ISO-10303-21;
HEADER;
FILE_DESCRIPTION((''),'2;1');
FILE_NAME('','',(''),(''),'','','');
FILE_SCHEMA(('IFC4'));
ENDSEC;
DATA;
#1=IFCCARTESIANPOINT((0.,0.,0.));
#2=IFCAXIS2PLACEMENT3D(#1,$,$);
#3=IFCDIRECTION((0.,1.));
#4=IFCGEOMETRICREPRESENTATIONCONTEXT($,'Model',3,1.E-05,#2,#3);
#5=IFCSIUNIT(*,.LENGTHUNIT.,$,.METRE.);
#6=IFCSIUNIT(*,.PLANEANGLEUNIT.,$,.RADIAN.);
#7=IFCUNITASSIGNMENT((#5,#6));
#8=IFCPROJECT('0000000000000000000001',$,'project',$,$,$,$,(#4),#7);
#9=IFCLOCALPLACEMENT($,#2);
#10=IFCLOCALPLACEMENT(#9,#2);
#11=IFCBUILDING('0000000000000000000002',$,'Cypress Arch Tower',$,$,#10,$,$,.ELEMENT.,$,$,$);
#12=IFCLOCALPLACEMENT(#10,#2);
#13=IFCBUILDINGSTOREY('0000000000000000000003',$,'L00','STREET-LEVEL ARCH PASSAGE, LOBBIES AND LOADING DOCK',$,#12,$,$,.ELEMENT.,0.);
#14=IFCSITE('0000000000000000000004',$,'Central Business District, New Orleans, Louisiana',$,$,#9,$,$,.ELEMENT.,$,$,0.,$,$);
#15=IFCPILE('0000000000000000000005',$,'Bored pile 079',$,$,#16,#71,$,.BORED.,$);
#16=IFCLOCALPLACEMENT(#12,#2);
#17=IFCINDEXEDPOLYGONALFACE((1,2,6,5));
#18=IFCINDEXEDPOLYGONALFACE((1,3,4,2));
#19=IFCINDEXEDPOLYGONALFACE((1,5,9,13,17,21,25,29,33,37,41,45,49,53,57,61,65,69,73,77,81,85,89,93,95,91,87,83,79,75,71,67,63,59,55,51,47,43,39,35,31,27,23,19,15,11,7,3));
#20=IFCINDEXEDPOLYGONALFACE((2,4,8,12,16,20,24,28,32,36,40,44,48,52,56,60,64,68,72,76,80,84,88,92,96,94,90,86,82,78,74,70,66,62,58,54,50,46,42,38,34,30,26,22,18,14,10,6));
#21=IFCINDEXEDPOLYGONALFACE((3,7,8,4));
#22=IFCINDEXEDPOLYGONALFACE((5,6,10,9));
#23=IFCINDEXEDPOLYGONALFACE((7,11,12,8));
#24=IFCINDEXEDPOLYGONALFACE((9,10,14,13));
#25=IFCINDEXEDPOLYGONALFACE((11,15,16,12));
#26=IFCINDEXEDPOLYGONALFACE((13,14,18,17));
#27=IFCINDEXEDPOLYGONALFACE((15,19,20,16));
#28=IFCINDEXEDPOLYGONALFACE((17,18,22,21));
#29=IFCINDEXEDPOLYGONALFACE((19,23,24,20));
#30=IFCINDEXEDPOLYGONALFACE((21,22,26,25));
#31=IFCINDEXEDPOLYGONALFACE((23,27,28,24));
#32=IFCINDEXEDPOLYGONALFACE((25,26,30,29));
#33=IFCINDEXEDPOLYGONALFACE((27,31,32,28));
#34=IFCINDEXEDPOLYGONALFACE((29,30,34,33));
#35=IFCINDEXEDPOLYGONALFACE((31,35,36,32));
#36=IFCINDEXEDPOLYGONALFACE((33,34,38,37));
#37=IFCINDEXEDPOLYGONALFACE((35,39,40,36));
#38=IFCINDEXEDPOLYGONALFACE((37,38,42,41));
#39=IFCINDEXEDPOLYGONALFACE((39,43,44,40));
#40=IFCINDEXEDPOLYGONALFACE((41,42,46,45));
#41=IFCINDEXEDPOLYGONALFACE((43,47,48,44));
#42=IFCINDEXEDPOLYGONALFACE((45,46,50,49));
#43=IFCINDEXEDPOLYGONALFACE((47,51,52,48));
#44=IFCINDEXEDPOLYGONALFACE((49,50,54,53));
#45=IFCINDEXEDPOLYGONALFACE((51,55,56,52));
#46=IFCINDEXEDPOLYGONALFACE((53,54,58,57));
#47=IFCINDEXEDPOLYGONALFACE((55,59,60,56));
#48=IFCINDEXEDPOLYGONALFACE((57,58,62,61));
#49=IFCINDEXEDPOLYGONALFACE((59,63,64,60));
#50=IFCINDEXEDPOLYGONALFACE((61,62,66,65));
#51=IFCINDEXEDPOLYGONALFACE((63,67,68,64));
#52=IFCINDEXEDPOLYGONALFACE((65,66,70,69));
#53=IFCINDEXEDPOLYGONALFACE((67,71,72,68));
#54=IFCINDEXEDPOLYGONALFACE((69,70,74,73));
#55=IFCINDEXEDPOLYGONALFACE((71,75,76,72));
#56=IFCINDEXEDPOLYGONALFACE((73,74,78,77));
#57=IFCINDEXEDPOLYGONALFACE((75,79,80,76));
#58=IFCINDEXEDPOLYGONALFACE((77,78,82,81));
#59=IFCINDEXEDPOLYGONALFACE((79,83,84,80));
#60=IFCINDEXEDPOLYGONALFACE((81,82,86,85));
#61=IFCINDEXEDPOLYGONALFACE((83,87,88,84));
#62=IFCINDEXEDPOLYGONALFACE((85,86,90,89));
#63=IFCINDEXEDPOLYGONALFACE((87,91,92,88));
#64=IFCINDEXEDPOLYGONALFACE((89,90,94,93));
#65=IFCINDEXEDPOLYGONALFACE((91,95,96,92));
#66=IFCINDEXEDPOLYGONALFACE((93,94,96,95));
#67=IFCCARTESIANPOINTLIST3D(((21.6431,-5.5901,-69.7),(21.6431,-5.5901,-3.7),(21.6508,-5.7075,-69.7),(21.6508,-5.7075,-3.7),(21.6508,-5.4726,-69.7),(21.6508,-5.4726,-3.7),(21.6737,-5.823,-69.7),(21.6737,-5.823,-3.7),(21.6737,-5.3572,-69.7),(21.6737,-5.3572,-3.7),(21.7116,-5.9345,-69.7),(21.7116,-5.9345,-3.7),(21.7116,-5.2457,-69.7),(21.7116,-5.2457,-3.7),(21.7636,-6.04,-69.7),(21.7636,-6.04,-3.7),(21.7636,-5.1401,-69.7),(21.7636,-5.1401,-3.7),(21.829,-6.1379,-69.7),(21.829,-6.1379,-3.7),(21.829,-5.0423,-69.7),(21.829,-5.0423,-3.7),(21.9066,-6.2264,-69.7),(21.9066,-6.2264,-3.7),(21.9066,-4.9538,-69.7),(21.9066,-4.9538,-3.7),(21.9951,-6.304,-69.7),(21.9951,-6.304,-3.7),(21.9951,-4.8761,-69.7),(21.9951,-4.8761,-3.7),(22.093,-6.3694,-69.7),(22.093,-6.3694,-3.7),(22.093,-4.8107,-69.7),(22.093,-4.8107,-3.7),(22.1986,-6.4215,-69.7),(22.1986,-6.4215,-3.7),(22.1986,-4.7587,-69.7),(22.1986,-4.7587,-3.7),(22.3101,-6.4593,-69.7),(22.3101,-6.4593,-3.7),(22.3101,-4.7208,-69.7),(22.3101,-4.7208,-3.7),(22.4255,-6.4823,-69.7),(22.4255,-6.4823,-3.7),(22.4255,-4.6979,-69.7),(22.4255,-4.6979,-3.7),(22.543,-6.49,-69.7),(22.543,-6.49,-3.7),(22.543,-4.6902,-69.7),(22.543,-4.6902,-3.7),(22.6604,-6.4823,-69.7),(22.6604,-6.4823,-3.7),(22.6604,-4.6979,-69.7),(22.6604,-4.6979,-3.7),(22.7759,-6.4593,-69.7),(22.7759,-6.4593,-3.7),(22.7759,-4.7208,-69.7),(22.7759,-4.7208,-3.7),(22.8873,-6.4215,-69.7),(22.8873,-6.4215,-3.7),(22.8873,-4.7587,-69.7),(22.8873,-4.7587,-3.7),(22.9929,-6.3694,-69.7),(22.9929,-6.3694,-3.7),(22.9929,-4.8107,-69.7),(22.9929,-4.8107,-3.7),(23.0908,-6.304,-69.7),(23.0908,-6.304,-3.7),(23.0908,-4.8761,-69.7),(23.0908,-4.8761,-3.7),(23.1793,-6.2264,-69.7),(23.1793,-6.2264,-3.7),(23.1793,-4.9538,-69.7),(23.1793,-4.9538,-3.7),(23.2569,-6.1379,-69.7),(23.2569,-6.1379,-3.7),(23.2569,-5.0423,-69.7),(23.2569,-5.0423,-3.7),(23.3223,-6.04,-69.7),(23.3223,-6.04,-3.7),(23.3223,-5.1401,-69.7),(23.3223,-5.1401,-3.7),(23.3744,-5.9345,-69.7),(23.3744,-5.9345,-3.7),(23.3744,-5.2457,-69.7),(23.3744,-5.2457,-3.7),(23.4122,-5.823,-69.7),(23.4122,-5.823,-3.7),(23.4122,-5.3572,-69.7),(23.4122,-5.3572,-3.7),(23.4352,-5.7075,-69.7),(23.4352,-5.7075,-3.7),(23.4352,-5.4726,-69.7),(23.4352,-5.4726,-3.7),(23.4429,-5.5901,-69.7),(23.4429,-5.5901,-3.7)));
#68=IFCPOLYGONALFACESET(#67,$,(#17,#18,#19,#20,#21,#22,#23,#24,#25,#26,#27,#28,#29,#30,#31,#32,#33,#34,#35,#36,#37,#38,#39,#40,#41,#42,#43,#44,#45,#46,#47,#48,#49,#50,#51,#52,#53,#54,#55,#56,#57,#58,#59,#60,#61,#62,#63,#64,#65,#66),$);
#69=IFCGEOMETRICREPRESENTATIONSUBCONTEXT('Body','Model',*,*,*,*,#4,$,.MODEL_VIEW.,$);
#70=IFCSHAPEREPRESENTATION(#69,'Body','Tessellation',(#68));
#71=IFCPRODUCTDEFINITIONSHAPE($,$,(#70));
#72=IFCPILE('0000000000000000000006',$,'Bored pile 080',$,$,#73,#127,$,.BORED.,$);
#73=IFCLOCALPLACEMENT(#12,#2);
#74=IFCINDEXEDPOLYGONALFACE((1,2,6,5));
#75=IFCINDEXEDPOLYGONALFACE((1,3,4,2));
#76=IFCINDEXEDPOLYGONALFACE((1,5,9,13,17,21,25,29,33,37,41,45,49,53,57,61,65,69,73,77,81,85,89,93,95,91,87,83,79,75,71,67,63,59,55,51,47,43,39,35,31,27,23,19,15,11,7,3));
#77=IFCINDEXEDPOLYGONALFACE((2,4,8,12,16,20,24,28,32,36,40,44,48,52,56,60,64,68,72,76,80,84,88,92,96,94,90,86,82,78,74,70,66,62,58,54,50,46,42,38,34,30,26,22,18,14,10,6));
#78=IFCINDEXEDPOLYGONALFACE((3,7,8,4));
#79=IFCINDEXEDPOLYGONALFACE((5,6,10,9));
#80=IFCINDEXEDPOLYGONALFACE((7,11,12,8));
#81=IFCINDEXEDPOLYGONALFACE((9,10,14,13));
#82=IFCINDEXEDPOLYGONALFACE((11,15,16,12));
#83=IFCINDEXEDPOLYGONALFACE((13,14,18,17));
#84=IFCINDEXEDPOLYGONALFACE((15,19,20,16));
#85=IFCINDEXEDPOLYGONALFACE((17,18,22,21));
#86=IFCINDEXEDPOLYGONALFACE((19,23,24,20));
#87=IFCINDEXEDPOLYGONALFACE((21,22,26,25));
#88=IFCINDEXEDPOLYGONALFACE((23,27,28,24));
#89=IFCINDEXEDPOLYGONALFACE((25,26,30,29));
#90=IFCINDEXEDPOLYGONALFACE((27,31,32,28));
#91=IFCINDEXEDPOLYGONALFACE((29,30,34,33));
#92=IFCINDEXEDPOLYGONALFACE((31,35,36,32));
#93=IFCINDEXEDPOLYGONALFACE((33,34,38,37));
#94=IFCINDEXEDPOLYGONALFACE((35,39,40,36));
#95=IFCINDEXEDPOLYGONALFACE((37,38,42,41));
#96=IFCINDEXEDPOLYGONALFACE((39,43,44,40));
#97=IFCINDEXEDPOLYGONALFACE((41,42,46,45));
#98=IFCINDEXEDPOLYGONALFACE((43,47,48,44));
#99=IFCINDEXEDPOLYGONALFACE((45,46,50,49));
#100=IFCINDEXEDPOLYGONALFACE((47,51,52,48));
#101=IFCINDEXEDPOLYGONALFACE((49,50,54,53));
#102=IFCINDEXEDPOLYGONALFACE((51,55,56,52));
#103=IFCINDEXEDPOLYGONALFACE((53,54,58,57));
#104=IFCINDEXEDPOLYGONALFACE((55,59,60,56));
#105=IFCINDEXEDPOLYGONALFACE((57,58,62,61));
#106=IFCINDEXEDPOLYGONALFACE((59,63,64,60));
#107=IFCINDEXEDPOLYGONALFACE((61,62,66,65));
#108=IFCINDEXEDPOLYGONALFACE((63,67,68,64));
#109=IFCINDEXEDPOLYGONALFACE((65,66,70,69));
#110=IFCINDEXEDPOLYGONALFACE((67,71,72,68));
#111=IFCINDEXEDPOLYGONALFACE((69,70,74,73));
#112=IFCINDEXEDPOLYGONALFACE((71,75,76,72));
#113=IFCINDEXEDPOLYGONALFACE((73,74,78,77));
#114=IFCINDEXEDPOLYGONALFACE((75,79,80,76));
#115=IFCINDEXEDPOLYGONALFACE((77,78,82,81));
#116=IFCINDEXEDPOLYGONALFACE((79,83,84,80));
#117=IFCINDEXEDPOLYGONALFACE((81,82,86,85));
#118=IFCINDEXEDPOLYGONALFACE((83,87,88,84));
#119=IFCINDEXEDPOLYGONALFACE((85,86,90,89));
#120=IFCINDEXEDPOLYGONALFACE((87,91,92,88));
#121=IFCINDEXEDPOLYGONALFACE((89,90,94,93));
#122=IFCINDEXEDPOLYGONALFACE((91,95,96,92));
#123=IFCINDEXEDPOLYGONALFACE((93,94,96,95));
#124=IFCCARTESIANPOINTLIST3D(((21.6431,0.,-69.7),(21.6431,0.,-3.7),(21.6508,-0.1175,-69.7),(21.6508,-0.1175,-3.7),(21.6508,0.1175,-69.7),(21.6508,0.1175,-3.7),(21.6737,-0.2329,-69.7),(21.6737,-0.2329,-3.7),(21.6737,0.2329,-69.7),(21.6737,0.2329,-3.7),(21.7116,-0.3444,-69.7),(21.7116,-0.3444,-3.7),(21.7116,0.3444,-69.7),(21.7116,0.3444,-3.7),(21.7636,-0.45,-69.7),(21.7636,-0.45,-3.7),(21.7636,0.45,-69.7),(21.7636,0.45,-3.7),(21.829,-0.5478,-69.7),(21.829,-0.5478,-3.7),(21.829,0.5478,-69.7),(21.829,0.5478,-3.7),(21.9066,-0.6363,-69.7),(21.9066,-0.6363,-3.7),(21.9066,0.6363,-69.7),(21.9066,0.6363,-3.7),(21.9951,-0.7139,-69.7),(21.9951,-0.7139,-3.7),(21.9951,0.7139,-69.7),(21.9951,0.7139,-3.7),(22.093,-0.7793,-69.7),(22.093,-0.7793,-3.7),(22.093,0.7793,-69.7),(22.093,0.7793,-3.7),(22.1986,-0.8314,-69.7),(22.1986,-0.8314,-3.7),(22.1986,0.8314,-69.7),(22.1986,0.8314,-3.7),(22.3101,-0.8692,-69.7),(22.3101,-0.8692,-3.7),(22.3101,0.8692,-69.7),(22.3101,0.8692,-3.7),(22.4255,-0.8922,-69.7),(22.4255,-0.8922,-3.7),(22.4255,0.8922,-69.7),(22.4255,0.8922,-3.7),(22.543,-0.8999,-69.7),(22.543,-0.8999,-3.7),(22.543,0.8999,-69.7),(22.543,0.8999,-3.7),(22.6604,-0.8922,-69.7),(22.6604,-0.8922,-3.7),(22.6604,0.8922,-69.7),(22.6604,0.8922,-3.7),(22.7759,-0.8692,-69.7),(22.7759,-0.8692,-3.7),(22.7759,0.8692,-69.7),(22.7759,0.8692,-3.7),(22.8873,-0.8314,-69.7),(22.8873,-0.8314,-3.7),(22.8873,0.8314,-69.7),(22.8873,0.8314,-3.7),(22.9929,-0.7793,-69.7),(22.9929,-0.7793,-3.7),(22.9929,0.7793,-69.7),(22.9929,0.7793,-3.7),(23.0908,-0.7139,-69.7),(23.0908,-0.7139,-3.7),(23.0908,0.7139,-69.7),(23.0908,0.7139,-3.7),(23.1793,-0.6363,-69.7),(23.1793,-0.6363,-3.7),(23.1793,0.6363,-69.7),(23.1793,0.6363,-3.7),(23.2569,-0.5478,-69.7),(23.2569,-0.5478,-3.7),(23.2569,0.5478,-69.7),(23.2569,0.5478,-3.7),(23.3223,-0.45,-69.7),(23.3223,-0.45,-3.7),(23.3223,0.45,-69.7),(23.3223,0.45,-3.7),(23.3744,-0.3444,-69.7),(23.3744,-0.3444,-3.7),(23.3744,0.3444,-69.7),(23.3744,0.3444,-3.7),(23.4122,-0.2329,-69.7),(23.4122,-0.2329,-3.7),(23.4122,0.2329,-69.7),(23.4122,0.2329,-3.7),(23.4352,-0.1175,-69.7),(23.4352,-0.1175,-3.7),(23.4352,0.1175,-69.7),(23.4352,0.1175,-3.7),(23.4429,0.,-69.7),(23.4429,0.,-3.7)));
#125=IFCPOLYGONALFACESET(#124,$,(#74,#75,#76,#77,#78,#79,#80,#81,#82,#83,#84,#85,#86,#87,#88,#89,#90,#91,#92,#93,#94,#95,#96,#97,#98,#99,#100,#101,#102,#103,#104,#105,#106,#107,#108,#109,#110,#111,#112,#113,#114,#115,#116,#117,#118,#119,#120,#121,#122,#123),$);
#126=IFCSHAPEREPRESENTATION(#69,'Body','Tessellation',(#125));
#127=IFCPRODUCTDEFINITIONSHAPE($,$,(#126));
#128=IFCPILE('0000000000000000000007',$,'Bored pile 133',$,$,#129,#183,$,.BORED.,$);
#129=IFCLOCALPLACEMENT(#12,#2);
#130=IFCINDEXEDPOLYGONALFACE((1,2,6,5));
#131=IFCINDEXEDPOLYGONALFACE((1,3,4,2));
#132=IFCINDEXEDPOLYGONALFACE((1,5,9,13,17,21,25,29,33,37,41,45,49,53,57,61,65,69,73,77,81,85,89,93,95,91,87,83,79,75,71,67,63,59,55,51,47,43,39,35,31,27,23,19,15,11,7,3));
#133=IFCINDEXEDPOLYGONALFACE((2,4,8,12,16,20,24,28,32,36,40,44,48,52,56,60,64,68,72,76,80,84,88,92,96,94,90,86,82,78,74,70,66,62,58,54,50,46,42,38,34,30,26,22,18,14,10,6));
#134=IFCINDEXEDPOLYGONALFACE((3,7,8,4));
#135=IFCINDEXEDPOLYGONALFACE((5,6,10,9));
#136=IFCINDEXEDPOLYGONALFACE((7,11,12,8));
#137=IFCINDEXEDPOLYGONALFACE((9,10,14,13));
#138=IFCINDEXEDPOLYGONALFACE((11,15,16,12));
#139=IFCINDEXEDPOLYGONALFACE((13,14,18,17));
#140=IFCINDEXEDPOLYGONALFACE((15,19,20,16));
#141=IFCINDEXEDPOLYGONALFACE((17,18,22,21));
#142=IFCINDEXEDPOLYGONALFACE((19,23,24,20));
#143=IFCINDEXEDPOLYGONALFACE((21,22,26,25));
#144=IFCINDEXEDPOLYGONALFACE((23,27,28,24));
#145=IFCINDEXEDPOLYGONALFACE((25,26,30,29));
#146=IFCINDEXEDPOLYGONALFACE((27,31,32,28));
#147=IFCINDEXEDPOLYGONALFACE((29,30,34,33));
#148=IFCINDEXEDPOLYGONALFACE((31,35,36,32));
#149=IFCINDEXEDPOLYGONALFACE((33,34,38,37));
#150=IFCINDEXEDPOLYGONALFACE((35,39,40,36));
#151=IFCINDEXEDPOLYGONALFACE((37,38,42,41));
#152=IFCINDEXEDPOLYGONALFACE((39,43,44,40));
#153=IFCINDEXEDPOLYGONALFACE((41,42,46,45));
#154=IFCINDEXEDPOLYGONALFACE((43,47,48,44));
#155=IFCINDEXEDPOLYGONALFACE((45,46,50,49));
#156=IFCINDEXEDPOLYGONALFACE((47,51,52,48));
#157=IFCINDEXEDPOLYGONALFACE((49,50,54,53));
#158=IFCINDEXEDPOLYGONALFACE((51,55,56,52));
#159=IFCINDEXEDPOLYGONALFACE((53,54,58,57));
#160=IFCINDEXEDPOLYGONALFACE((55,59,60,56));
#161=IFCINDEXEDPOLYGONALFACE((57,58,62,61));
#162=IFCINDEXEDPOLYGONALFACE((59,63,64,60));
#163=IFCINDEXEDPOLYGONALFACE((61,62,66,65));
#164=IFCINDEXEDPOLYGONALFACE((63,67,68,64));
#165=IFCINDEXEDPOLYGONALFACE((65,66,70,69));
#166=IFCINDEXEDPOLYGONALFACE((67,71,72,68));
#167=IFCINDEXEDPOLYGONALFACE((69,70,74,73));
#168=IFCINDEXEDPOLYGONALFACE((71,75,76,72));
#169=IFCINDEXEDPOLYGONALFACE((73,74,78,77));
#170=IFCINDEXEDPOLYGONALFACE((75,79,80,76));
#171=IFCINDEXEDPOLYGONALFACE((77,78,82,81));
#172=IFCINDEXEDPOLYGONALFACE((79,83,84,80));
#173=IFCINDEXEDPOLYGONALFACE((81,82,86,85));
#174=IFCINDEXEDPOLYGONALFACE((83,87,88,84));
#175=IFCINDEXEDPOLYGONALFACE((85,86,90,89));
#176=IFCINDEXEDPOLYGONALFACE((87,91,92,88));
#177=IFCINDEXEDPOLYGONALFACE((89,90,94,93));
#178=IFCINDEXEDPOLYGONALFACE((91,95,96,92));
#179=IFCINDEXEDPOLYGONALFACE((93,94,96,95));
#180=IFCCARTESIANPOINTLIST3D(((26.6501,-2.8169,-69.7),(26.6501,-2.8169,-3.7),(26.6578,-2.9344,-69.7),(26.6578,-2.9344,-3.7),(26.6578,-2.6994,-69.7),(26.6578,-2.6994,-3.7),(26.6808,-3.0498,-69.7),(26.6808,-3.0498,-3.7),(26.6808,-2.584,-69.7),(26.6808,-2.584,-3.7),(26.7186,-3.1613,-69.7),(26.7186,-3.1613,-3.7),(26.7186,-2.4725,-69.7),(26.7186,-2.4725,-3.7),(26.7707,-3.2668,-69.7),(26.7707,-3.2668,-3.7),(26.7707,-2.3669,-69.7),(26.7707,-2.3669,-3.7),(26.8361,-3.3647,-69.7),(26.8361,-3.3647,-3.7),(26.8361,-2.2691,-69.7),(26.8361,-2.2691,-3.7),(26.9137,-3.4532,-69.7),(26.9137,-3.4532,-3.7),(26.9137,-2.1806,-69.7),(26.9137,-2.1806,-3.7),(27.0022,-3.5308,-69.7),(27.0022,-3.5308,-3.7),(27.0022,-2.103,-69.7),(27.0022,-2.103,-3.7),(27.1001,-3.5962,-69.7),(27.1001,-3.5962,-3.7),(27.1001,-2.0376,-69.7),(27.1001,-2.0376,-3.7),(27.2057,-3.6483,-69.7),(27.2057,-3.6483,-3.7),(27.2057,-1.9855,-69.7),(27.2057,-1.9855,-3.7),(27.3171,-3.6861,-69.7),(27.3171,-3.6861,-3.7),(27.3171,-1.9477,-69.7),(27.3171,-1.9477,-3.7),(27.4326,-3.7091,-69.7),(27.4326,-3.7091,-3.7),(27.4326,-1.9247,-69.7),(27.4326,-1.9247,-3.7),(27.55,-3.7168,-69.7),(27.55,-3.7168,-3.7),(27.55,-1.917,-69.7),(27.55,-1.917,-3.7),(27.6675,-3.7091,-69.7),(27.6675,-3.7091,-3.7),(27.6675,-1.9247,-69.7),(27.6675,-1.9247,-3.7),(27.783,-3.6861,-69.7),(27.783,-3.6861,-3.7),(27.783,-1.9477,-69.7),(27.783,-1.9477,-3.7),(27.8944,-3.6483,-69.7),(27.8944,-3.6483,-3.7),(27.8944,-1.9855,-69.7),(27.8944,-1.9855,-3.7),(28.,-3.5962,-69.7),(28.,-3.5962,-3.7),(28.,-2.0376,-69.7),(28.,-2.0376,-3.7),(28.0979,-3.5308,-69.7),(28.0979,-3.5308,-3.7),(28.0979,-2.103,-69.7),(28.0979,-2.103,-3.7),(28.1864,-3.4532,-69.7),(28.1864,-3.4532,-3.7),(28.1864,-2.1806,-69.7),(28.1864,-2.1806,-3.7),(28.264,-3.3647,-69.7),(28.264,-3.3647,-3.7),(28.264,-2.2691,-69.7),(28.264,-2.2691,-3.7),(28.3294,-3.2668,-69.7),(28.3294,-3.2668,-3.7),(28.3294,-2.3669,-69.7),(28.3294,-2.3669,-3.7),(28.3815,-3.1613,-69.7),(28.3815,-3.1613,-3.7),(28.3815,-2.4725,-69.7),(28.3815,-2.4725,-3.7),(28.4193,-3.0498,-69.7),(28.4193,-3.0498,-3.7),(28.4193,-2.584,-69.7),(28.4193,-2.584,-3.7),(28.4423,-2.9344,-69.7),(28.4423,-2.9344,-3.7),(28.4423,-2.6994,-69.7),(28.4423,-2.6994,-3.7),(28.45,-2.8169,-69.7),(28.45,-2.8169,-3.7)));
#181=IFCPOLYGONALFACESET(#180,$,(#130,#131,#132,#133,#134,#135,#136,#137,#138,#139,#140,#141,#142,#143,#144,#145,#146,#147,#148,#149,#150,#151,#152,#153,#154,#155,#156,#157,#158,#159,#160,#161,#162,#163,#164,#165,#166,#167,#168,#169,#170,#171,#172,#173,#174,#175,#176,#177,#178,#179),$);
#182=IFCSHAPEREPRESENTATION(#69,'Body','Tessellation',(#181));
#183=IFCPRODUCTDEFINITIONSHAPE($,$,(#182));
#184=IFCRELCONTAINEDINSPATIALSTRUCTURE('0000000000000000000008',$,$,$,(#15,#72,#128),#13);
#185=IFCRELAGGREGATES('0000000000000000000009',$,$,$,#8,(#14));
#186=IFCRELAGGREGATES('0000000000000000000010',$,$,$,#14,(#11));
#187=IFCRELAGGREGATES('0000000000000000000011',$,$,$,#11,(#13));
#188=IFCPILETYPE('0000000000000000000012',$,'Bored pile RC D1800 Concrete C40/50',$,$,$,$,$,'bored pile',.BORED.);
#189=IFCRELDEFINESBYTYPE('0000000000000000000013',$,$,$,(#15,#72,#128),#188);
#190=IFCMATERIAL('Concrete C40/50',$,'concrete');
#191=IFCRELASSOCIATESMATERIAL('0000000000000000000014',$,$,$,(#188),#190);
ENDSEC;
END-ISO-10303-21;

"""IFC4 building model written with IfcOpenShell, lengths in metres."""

from ifc_helpers import new_model, si_unit, direction, frame, origin, origin_2d, place, context, subcontext, project, spatial, circle, extrude, material, material_profile, profile_set, type_object, element, save


model = new_model("IFC4")

# Units and contexts
model_context = context("Model", 3, precision=1e-05, world=origin(), true_north=direction((0.0, 1.0)))
body_context = subcontext(model_context, "Body", "Model", "MODEL_VIEW")
ifc_project = project(units=[si_unit("LENGTHUNIT", "METRE"), si_unit("PLANEANGLEUNIT", "RADIAN")], contexts=[model_context])

# Site, building, storey
site_placement = place(None, origin())
site = spatial("IfcSite", under=ifc_project, at=site_placement, Name="Central Business District, New Orleans, Louisiana", CompositionType="ELEMENT", RefElevation=0.0)
building_placement = place(site_placement, origin())
building = spatial("IfcBuilding", under=site, at=building_placement, Name="Cypress Arch Tower", CompositionType="ELEMENT")
storey_placement = place(building_placement, origin())
storey = spatial("IfcBuildingStorey", under=building, at=storey_placement, Name="L00", Description="STREET-LEVEL ARCH PASSAGE, LOBBIES AND LOADING DOCK", CompositionType="ELEMENT", Elevation=0.0)

# Piles
ifc_material_1 = material(Name="Concrete C40/50", Category="concrete")
ifc_material_profile_1 = material_profile(ifc_material_1, circle(Radius=0.8999, at=origin_2d()), Name="RC D1800")
ifc_profile_set_1 = profile_set([ifc_material_profile_1], Name="Concrete C40/50")
pile_type = type_object("IfcPileType", Name="Bored pile RC D1800 Concrete C40/50", ElementType="bored pile", PredefinedType="BORED", material=ifc_profile_set_1)
for number, where, z_axis, x_axis, name in (
    (1, (22.543, -5.5901, -3.7), (0.0, 0.0, -1.0), (1.0, 0.0, 0.0), "Bored pile 079"),
    (2, (22.543, 0.0, -3.7), (0.0, 0.0, -1.0), (1.0, 0.0, 0.0), "Bored pile 080"),
    (3, (27.55, -2.8169, -3.7), (0.0, 0.0, -1.0), (1.0, 0.0, 0.0), "Bored pile 133"),
):
    element("IfcPile", number, at=place(storey_placement, frame(where, z_axis=z_axis, x_axis=x_axis)), inside=storey, type_object=pile_type, Name=name, PredefinedType="BORED", context=body_context, shape_type="SweptSolid", body=[
        extrude(circle(Radius=0.8999, at=origin_2d()), origin(), (0.0, 0.0, 1.0), 66.0),
    ])

save(model, "model.ifc")
